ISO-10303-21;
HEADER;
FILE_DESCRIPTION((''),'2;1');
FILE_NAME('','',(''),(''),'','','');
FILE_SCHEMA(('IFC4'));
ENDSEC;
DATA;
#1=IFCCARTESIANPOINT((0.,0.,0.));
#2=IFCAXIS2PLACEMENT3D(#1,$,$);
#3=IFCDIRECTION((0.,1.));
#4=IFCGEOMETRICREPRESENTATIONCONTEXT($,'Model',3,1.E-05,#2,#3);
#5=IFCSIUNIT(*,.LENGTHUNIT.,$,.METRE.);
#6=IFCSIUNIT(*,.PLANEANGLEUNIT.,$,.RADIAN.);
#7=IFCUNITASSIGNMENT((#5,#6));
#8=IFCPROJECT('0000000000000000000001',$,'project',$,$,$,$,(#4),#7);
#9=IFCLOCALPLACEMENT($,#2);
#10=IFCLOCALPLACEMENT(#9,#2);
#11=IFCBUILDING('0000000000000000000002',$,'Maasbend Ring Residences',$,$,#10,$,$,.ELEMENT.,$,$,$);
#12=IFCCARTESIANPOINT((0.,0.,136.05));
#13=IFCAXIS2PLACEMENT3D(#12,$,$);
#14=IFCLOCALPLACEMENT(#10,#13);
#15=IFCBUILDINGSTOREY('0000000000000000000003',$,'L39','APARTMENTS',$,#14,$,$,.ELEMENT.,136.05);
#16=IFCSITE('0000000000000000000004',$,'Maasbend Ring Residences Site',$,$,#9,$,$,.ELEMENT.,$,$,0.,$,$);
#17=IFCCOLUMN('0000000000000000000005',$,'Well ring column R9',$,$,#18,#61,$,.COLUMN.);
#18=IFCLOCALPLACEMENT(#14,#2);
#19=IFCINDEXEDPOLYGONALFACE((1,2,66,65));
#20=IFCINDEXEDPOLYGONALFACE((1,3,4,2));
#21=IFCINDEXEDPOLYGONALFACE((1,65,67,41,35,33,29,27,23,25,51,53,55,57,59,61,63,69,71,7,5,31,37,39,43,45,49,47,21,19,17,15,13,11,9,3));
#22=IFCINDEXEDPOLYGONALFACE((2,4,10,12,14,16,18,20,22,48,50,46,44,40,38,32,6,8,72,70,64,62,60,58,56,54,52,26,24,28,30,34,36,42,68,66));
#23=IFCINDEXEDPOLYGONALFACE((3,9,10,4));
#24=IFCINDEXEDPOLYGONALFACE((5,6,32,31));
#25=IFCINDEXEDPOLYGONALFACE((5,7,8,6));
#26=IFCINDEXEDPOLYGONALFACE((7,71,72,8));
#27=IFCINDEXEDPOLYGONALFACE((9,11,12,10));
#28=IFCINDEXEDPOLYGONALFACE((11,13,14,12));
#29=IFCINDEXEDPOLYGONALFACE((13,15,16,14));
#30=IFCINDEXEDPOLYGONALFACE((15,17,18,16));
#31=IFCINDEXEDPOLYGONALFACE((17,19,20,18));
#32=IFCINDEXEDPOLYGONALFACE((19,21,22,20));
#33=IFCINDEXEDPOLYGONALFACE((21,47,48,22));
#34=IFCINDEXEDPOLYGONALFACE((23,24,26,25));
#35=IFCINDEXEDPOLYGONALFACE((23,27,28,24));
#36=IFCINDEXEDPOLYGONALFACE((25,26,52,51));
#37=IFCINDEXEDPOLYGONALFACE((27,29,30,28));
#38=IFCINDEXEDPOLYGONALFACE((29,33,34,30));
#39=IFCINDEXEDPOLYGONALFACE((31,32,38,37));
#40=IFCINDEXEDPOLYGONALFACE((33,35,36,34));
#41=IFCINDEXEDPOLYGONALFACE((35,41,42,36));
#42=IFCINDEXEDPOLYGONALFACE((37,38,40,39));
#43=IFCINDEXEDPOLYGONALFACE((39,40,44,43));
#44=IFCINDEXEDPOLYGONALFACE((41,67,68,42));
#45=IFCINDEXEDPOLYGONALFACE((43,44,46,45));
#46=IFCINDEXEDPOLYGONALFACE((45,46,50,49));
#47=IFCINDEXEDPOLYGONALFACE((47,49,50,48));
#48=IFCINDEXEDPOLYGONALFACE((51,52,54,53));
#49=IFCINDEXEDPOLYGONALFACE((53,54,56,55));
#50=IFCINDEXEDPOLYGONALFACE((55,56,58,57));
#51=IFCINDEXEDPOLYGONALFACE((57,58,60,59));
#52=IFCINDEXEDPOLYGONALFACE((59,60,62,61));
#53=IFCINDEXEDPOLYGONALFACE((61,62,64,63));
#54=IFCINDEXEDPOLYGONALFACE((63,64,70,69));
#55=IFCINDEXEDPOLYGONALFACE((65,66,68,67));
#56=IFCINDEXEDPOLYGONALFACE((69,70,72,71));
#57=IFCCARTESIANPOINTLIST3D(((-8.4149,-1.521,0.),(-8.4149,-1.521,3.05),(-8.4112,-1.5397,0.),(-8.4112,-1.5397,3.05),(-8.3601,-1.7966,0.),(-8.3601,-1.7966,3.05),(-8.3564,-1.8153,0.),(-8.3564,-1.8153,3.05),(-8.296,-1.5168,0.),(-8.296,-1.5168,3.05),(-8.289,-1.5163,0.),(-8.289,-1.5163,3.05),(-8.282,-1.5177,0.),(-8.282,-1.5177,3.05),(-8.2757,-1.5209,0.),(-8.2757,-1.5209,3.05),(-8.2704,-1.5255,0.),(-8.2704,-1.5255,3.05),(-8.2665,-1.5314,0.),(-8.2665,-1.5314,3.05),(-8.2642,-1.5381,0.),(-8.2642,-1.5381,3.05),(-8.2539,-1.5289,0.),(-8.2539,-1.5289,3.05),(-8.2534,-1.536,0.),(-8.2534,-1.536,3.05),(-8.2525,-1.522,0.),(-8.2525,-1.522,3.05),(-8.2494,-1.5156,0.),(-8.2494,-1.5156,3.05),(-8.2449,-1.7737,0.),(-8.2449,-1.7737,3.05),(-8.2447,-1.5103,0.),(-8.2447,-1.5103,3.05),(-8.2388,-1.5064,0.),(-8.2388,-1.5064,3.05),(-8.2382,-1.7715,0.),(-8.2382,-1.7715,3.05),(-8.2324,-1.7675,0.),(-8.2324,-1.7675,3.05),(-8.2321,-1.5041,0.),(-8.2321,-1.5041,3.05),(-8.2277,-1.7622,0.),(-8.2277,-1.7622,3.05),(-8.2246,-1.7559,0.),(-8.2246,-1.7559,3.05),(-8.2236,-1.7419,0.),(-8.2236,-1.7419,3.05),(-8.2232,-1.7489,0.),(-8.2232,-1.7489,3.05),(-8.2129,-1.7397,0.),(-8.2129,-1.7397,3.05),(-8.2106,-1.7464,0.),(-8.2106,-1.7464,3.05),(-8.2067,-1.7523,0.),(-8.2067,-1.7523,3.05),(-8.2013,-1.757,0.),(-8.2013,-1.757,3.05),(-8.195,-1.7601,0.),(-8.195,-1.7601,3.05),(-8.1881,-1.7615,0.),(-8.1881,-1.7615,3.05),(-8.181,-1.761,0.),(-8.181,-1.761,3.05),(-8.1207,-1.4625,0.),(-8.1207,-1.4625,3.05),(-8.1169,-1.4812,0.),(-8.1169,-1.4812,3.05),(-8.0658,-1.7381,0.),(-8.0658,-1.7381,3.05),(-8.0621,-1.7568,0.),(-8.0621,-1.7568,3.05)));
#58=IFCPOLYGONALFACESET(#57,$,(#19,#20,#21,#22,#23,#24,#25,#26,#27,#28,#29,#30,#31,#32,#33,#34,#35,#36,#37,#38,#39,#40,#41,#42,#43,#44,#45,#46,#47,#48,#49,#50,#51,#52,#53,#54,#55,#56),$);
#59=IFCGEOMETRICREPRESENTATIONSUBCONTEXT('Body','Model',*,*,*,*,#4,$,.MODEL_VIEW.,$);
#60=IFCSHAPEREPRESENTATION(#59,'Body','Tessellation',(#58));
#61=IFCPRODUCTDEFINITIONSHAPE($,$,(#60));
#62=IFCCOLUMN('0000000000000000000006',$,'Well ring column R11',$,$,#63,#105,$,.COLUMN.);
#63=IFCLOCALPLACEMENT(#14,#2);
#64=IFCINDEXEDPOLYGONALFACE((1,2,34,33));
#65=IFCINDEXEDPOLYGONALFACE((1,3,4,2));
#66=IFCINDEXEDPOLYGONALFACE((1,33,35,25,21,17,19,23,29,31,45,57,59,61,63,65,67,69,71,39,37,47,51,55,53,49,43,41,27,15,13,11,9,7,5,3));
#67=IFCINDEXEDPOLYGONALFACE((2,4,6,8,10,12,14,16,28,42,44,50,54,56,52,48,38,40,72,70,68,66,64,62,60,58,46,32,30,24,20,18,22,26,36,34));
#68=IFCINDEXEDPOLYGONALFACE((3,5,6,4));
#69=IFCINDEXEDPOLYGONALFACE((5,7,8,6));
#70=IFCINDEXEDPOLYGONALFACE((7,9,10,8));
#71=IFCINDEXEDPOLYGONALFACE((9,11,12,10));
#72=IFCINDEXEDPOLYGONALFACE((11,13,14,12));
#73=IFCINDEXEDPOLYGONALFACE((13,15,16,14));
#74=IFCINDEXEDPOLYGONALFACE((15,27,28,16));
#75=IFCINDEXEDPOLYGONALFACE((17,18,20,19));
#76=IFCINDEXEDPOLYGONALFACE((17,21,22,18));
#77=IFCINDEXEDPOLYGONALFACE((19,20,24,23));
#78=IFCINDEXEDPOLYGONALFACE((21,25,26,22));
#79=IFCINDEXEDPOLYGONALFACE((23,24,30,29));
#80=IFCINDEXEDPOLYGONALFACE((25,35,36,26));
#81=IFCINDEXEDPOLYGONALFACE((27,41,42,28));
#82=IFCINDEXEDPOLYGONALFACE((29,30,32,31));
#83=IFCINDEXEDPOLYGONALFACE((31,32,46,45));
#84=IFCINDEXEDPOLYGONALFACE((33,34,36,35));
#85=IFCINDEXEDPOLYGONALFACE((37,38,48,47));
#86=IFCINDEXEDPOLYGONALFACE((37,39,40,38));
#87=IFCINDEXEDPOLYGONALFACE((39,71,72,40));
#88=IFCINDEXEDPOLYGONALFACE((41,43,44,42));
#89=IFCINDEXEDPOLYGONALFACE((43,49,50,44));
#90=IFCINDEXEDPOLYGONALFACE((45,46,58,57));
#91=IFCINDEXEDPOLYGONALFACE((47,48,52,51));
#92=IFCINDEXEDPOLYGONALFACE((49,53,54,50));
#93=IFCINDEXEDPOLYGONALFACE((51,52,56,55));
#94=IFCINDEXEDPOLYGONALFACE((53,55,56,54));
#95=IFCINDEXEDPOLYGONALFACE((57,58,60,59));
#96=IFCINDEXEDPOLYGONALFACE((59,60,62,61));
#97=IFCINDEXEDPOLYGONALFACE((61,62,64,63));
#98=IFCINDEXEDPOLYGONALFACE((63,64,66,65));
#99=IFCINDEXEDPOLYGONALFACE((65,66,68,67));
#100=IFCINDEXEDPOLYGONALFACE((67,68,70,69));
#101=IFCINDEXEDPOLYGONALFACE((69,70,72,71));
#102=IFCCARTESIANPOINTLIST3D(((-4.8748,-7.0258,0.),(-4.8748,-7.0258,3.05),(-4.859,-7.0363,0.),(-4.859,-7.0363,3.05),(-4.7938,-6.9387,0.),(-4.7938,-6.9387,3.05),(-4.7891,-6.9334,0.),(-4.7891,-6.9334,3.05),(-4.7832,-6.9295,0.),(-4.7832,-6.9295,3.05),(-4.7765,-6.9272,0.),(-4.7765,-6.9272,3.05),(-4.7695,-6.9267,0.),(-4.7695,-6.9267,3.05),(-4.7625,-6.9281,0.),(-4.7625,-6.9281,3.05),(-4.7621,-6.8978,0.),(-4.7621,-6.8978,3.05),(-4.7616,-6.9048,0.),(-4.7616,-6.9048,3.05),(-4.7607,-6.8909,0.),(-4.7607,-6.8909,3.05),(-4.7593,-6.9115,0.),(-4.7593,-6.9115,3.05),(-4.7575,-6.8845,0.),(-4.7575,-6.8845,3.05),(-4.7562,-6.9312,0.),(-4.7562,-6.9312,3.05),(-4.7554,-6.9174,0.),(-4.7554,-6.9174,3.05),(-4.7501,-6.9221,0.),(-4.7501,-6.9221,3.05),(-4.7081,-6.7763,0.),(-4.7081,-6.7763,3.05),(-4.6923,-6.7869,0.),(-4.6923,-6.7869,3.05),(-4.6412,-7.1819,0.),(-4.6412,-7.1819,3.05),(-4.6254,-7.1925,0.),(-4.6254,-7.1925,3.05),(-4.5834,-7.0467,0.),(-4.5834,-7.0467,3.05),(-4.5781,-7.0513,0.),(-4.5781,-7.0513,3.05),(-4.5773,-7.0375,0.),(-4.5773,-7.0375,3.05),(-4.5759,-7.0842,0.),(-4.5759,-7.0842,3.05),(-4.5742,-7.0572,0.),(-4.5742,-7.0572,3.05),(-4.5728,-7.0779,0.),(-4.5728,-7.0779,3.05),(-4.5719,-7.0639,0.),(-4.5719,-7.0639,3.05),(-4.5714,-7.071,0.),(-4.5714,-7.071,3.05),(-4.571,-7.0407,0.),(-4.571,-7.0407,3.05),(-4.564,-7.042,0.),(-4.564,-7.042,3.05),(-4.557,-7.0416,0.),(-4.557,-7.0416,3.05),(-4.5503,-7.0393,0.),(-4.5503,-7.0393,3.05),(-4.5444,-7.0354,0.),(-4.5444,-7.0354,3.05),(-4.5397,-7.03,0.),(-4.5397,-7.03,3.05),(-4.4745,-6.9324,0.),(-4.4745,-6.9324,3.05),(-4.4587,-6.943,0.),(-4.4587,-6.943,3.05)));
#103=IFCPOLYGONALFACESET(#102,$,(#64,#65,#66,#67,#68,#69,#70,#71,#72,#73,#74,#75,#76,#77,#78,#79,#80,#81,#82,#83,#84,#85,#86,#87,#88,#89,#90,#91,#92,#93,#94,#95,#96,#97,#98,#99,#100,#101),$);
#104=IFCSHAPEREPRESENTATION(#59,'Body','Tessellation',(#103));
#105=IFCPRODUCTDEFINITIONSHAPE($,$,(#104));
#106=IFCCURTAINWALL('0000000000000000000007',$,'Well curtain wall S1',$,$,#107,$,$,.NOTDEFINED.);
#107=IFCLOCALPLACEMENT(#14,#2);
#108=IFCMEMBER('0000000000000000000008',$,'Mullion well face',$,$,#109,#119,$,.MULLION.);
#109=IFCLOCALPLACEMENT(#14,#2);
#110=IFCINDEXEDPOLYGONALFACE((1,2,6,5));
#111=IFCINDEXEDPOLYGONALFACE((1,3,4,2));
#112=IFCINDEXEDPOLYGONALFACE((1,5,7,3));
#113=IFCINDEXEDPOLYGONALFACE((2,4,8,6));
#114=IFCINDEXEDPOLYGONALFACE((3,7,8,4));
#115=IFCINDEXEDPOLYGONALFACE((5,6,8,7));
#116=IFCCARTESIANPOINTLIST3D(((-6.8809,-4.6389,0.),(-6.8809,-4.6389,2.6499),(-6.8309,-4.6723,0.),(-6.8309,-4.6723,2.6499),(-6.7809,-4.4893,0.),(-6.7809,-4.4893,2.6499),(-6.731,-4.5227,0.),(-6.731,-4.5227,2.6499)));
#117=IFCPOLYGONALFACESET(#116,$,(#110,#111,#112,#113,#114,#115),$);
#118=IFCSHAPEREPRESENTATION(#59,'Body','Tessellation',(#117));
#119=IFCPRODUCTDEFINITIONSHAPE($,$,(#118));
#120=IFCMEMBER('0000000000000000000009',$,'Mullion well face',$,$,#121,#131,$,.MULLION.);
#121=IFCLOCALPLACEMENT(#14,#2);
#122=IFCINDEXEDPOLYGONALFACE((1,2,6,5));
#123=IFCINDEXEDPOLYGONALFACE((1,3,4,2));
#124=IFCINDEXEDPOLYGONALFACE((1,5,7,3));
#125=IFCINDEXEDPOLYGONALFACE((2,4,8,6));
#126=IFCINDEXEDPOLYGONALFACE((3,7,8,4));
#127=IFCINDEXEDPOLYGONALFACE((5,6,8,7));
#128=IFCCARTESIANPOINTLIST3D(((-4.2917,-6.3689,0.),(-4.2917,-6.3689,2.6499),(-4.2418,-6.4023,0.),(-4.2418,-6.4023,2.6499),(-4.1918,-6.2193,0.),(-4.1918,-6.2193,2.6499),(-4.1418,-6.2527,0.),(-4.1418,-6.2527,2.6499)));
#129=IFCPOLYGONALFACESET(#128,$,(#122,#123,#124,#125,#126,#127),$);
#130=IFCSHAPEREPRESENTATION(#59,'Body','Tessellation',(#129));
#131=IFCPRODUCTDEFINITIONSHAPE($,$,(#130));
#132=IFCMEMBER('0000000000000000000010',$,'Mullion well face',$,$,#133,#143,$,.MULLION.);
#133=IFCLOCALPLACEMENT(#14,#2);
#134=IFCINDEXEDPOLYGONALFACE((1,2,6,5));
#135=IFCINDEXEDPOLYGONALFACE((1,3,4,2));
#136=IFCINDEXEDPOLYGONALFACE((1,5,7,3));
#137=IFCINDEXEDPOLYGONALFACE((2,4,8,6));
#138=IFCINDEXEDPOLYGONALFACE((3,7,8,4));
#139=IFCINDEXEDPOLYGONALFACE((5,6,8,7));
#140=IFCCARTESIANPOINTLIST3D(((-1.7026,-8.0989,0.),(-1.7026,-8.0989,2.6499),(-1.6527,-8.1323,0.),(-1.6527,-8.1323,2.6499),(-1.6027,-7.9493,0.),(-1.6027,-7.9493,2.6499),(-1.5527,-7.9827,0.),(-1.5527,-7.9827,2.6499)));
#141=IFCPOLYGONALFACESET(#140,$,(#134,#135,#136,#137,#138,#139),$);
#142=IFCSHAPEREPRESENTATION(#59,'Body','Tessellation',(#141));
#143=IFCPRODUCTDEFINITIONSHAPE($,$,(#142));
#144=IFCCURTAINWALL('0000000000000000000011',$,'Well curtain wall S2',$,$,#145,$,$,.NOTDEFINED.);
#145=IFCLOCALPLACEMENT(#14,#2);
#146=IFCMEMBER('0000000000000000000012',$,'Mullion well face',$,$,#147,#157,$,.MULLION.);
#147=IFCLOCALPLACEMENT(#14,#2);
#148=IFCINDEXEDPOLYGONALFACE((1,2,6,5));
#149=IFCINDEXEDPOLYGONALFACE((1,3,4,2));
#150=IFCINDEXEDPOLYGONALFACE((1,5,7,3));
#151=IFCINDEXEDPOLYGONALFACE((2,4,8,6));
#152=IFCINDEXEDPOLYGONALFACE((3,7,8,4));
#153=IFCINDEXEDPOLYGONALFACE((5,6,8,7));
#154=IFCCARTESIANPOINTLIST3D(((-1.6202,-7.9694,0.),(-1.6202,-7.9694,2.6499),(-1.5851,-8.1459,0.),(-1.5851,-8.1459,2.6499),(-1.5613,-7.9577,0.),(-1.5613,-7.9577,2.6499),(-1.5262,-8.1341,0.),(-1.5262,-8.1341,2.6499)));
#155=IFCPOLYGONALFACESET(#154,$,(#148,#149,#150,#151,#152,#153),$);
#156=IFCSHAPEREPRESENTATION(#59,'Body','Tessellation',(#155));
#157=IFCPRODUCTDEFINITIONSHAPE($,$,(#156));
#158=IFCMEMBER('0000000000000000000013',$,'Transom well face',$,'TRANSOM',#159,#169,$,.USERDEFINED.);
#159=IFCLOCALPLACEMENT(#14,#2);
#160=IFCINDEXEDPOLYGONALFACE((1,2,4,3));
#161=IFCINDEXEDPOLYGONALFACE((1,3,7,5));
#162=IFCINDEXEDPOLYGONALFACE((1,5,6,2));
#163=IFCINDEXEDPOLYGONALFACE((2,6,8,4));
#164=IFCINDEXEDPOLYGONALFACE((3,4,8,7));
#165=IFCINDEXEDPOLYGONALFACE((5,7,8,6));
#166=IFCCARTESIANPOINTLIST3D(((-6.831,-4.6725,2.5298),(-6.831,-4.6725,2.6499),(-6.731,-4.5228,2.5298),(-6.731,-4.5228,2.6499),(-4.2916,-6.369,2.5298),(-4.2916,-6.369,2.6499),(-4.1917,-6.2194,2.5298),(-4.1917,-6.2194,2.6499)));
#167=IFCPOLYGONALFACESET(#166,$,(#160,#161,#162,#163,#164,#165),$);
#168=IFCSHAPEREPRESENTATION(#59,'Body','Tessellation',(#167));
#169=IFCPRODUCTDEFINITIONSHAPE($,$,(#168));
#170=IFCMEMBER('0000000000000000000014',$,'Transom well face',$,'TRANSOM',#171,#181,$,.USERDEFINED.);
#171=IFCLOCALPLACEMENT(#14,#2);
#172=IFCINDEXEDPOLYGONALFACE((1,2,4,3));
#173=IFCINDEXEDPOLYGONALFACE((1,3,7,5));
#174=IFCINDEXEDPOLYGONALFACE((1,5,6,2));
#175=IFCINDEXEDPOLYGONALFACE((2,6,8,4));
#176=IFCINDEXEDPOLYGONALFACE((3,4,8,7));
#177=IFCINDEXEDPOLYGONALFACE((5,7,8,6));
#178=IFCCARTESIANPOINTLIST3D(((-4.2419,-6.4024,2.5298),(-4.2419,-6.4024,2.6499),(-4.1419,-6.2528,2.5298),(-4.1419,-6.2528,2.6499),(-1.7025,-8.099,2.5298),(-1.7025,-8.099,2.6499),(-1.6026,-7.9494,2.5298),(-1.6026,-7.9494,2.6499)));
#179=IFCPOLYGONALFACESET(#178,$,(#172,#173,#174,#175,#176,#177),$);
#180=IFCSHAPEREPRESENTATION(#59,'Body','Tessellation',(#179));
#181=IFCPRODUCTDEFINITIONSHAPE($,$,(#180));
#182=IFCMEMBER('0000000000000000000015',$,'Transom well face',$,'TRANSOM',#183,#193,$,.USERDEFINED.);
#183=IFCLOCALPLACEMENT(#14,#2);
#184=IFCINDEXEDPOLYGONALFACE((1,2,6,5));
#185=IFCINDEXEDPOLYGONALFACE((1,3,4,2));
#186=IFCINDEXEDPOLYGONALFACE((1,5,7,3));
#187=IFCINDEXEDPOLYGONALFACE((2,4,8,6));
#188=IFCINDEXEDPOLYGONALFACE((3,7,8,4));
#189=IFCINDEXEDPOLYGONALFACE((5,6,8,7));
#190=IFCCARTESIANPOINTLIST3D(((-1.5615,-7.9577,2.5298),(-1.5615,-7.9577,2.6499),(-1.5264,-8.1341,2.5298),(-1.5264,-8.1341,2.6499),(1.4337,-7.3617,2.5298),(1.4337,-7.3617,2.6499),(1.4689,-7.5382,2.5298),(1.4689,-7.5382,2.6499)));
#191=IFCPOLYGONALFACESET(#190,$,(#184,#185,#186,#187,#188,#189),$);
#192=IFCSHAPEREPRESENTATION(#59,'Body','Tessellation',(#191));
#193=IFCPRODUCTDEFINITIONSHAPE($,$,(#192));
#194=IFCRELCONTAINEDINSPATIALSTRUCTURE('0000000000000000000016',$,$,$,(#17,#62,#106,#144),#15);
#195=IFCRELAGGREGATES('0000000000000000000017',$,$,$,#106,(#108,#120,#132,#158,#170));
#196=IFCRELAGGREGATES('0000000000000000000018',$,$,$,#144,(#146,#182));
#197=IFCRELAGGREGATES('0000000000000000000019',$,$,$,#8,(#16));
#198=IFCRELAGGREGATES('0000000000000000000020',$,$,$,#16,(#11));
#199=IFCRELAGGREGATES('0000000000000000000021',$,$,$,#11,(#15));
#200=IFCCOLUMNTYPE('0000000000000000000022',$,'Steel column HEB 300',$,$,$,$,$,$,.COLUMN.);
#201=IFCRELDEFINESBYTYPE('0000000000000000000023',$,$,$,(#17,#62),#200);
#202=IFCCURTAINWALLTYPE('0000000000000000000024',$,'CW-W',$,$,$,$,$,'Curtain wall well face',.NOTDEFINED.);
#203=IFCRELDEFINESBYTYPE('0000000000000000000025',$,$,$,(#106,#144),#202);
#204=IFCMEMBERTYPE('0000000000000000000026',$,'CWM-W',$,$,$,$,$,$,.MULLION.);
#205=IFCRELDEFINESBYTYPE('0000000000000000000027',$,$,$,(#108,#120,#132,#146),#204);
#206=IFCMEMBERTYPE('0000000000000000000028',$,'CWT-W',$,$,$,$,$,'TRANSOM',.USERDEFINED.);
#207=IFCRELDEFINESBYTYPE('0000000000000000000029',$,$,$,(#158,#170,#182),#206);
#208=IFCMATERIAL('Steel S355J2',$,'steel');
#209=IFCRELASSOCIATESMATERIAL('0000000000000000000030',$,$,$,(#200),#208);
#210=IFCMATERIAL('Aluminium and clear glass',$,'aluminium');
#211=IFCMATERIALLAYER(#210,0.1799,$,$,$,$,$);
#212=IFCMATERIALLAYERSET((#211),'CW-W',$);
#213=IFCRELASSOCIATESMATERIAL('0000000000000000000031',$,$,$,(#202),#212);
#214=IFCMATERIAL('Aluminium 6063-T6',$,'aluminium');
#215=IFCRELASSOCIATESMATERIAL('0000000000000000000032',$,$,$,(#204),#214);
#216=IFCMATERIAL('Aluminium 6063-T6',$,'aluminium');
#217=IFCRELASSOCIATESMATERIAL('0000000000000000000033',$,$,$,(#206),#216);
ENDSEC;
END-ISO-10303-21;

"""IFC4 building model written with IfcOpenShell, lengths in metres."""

from ifc_helpers import new_model, si_unit, direction, frame, origin, origin_2d, place, context, subcontext, project, spatial, rectangle, i_section, extrude, material, layer, layer_set, material_profile, profile_set, type_object, element, aggregate, save


model = new_model("IFC4")

# Units and contexts
model_context = context("Model", 3, precision=1e-05, world=origin(), true_north=direction((0.0, 1.0)))
body_context = subcontext(model_context, "Body", "Model", "MODEL_VIEW")
ifc_project = project(units=[si_unit("LENGTHUNIT", "METRE"), si_unit("PLANEANGLEUNIT", "RADIAN")], contexts=[model_context])

# Site, building, storey
site_placement = place(None, origin())
site = spatial("IfcSite", under=ifc_project, at=site_placement, Name="Maasbend Ring Residences Site", CompositionType="ELEMENT", RefElevation=0.0)
building_placement = place(site_placement, origin())
building = spatial("IfcBuilding", under=site, at=building_placement, Name="Maasbend Ring Residences", CompositionType="ELEMENT")
storey_placement = place(building_placement, frame((0.0, 0.0, 136.05)))
storey = spatial("IfcBuildingStorey", under=building, at=storey_placement, Name="L39", Description="APARTMENTS", CompositionType="ELEMENT", Elevation=136.05)

# Columns
ifc_material_1 = material(Name="Steel S355J2", Category="steel")
ifc_material_profile_1 = material_profile(ifc_material_1, i_section(OverallWidth=0.3, OverallDepth=0.3, WebThickness=0.011, FlangeThickness=0.019, FilletRadius=0.0271, at=origin_2d()), Name="HEB 300")
ifc_profile_set_1 = profile_set([ifc_material_profile_1], Name="Steel S355J2")
column_type = type_object("IfcColumnType", Name="Steel column HEB 300", PredefinedType="COLUMN", material=ifc_profile_set_1)
for number, where, z_axis, x_axis, name in (
    (1, (-8.2385, -1.6389, 0.0), (0.0, 0.0, 1.0), (-0.980785, -0.19509, 0.0), "Well ring column R9"),
    (2, (-4.6667, -6.9844, 0.0), (0.0, 0.0, 1.0), (-0.55557, -0.83147, 0.0), "Well ring column R11"),
):
    element("IfcColumn", number, at=place(storey_placement, frame(where, z_axis=z_axis, x_axis=x_axis)), inside=storey, type_object=column_type, Name=name, PredefinedType="COLUMN", context=body_context, shape_type="SweptSolid", body=[
        extrude(i_section(OverallWidth=0.3, OverallDepth=0.3, WebThickness=0.011, FlangeThickness=0.019, FilletRadius=0.0271, at=origin_2d()), origin(), (0.0, 0.0, 1.0), 3.05),
    ])

# Curtain wall, members
ifc_material_2 = material(Name="Aluminium and clear glass", Category="aluminium")
ifc_layer_1 = layer(ifc_material_2, 0.1799)
ifc_layer_set_1 = layer_set([ifc_layer_1], Name="CW-W")
curtain_wall_type = type_object("IfcCurtainWallType", Name="CW-W", ElementType="Curtain wall well face", PredefinedType="NOTDEFINED", material=ifc_layer_set_1)
curtain_wall_1_placement = place(storey_placement, origin())
curtain_wall_1 = element("IfcCurtainWall", 3, at=curtain_wall_1_placement, inside=storey, type_object=curtain_wall_type, Name="Well curtain wall S1", PredefinedType="NOTDEFINED")
ifc_material_3 = material(Name="Aluminium 6063-T6", Category="aluminium")
ifc_material_profile_2 = material_profile(ifc_material_3, rectangle(XDim=0.1799, YDim=0.0601, at=origin_2d()), Name="AL 180x60")
ifc_profile_set_2 = profile_set([ifc_material_profile_2], Name="Aluminium 6063-T6")
member_type_1 = type_object("IfcMemberType", Name="CWM-W", PredefinedType="MULLION", material=ifc_profile_set_2)
member_1_placement = place(storey_placement, frame((-6.8059, -4.5808, 0.0), z_axis=(0.0, 0.0, 1.0), x_axis=(0.55557, 0.83147, 0.0)))
member_1 = element("IfcMember", 4, at=member_1_placement, type_object=member_type_1, Name="Mullion well face", PredefinedType="MULLION", context=body_context, shape_type="SweptSolid", body=[
    extrude(rectangle(XDim=0.1799, YDim=0.0601, at=origin_2d()), origin(), (0.0, 0.0, 1.0), 2.6499),
])
member_2_placement = place(storey_placement, frame((-4.2168, -6.3108, 0.0), z_axis=(0.0, 0.0, 1.0), x_axis=(0.55557, 0.83147, 0.0)))
member_2 = element("IfcMember", 5, at=member_2_placement, type_object=member_type_1, Name="Mullion well face", PredefinedType="MULLION", context=body_context, shape_type="SweptSolid", body=[
    extrude(rectangle(XDim=0.1799, YDim=0.0601, at=origin_2d()), origin(), (0.0, 0.0, 1.0), 2.6499),
])
member_3_placement = place(storey_placement, frame((-1.6277, -8.0408, 0.0), z_axis=(0.0, 0.0, 1.0), x_axis=(0.55557, 0.83147, 0.0)))
member_3 = element("IfcMember", 6, at=member_3_placement, type_object=member_type_1, Name="Mullion well face", PredefinedType="MULLION", context=body_context, shape_type="SweptSolid", body=[
    extrude(rectangle(XDim=0.1799, YDim=0.0601, at=origin_2d()), origin(), (0.0, 0.0, 1.0), 2.6499),
])

# Curtain wall, member
curtain_wall_2_placement = place(storey_placement, origin())
curtain_wall_2 = element("IfcCurtainWall", 7, at=curtain_wall_2_placement, inside=storey, type_object=curtain_wall_type, Name="Well curtain wall S2", PredefinedType="NOTDEFINED")
member_4_placement = place(storey_placement, frame((-1.5732, -8.0518, 0.0), z_axis=(0.0, 0.0, 1.0), x_axis=(-0.19509, 0.980785, 0.0)))
member_4 = element("IfcMember", 8, at=member_4_placement, type_object=member_type_1, Name="Mullion well face", PredefinedType="MULLION", context=body_context, shape_type="SweptSolid", body=[
    extrude(rectangle(XDim=0.1799, YDim=0.0601, at=origin_2d()), origin(), (0.0, 0.0, 1.0), 2.6499),
])

# Members
ifc_material_4 = material(Name="Aluminium 6063-T6", Category="aluminium")
ifc_material_profile_3 = material_profile(ifc_material_4, rectangle(XDim=0.1799, YDim=0.1201, at=origin_2d()), Name="AL 180x120")
ifc_profile_set_3 = profile_set([ifc_material_profile_3], Name="Aluminium 6063-T6")
member_type_2 = type_object("IfcMemberType", Name="CWT-W", ElementType="TRANSOM", PredefinedType="USERDEFINED", material=ifc_profile_set_3)
member_5_placement = place(storey_placement, frame((-6.781, -4.5977, 2.5898), z_axis=(0.831496, -0.55553, 0.0), x_axis=(0.55553, 0.831496, 0.0)))
member_5 = element("IfcMember", 9, at=member_5_placement, type_object=member_type_2, Name="Transom well face", ObjectType="TRANSOM", PredefinedType="USERDEFINED", context=body_context, shape_type="SweptSolid", body=[
    extrude(rectangle(XDim=0.1799, YDim=0.1201, at=origin_2d()), origin(), (0.0, 0.0, 1.0), 3.054),
])
member_6_placement = place(storey_placement, frame((-4.1919, -6.3276, 2.5898), z_axis=(0.831496, -0.55553, 0.0), x_axis=(0.55553, 0.831496, 0.0)))
member_6 = element("IfcMember", 10, at=member_6_placement, type_object=member_type_2, Name="Transom well face", ObjectType="TRANSOM", PredefinedType="USERDEFINED", context=body_context, shape_type="SweptSolid", body=[
    extrude(rectangle(XDim=0.1799, YDim=0.1201, at=origin_2d()), origin(), (0.0, 0.0, 1.0), 3.054),
])
member_7_placement = place(storey_placement, frame((-1.5439, -8.0459, 2.5898), z_axis=(0.980777, 0.195132, 0.0), x_axis=(-0.195132, 0.980777, 0.0)))
member_7 = element("IfcMember", 11, at=member_7_placement, type_object=member_type_2, Name="Transom well face", ObjectType="TRANSOM", PredefinedType="USERDEFINED", context=body_context, shape_type="SweptSolid", body=[
    extrude(rectangle(XDim=0.1799, YDim=0.1201, at=origin_2d()), origin(), (0.0, 0.0, 1.0), 3.054),
])

aggregate(curtain_wall_1, [member_1, member_2, member_3, member_5, member_6])
aggregate(curtain_wall_2, [member_4, member_7])

save(model, "model.ifc")
